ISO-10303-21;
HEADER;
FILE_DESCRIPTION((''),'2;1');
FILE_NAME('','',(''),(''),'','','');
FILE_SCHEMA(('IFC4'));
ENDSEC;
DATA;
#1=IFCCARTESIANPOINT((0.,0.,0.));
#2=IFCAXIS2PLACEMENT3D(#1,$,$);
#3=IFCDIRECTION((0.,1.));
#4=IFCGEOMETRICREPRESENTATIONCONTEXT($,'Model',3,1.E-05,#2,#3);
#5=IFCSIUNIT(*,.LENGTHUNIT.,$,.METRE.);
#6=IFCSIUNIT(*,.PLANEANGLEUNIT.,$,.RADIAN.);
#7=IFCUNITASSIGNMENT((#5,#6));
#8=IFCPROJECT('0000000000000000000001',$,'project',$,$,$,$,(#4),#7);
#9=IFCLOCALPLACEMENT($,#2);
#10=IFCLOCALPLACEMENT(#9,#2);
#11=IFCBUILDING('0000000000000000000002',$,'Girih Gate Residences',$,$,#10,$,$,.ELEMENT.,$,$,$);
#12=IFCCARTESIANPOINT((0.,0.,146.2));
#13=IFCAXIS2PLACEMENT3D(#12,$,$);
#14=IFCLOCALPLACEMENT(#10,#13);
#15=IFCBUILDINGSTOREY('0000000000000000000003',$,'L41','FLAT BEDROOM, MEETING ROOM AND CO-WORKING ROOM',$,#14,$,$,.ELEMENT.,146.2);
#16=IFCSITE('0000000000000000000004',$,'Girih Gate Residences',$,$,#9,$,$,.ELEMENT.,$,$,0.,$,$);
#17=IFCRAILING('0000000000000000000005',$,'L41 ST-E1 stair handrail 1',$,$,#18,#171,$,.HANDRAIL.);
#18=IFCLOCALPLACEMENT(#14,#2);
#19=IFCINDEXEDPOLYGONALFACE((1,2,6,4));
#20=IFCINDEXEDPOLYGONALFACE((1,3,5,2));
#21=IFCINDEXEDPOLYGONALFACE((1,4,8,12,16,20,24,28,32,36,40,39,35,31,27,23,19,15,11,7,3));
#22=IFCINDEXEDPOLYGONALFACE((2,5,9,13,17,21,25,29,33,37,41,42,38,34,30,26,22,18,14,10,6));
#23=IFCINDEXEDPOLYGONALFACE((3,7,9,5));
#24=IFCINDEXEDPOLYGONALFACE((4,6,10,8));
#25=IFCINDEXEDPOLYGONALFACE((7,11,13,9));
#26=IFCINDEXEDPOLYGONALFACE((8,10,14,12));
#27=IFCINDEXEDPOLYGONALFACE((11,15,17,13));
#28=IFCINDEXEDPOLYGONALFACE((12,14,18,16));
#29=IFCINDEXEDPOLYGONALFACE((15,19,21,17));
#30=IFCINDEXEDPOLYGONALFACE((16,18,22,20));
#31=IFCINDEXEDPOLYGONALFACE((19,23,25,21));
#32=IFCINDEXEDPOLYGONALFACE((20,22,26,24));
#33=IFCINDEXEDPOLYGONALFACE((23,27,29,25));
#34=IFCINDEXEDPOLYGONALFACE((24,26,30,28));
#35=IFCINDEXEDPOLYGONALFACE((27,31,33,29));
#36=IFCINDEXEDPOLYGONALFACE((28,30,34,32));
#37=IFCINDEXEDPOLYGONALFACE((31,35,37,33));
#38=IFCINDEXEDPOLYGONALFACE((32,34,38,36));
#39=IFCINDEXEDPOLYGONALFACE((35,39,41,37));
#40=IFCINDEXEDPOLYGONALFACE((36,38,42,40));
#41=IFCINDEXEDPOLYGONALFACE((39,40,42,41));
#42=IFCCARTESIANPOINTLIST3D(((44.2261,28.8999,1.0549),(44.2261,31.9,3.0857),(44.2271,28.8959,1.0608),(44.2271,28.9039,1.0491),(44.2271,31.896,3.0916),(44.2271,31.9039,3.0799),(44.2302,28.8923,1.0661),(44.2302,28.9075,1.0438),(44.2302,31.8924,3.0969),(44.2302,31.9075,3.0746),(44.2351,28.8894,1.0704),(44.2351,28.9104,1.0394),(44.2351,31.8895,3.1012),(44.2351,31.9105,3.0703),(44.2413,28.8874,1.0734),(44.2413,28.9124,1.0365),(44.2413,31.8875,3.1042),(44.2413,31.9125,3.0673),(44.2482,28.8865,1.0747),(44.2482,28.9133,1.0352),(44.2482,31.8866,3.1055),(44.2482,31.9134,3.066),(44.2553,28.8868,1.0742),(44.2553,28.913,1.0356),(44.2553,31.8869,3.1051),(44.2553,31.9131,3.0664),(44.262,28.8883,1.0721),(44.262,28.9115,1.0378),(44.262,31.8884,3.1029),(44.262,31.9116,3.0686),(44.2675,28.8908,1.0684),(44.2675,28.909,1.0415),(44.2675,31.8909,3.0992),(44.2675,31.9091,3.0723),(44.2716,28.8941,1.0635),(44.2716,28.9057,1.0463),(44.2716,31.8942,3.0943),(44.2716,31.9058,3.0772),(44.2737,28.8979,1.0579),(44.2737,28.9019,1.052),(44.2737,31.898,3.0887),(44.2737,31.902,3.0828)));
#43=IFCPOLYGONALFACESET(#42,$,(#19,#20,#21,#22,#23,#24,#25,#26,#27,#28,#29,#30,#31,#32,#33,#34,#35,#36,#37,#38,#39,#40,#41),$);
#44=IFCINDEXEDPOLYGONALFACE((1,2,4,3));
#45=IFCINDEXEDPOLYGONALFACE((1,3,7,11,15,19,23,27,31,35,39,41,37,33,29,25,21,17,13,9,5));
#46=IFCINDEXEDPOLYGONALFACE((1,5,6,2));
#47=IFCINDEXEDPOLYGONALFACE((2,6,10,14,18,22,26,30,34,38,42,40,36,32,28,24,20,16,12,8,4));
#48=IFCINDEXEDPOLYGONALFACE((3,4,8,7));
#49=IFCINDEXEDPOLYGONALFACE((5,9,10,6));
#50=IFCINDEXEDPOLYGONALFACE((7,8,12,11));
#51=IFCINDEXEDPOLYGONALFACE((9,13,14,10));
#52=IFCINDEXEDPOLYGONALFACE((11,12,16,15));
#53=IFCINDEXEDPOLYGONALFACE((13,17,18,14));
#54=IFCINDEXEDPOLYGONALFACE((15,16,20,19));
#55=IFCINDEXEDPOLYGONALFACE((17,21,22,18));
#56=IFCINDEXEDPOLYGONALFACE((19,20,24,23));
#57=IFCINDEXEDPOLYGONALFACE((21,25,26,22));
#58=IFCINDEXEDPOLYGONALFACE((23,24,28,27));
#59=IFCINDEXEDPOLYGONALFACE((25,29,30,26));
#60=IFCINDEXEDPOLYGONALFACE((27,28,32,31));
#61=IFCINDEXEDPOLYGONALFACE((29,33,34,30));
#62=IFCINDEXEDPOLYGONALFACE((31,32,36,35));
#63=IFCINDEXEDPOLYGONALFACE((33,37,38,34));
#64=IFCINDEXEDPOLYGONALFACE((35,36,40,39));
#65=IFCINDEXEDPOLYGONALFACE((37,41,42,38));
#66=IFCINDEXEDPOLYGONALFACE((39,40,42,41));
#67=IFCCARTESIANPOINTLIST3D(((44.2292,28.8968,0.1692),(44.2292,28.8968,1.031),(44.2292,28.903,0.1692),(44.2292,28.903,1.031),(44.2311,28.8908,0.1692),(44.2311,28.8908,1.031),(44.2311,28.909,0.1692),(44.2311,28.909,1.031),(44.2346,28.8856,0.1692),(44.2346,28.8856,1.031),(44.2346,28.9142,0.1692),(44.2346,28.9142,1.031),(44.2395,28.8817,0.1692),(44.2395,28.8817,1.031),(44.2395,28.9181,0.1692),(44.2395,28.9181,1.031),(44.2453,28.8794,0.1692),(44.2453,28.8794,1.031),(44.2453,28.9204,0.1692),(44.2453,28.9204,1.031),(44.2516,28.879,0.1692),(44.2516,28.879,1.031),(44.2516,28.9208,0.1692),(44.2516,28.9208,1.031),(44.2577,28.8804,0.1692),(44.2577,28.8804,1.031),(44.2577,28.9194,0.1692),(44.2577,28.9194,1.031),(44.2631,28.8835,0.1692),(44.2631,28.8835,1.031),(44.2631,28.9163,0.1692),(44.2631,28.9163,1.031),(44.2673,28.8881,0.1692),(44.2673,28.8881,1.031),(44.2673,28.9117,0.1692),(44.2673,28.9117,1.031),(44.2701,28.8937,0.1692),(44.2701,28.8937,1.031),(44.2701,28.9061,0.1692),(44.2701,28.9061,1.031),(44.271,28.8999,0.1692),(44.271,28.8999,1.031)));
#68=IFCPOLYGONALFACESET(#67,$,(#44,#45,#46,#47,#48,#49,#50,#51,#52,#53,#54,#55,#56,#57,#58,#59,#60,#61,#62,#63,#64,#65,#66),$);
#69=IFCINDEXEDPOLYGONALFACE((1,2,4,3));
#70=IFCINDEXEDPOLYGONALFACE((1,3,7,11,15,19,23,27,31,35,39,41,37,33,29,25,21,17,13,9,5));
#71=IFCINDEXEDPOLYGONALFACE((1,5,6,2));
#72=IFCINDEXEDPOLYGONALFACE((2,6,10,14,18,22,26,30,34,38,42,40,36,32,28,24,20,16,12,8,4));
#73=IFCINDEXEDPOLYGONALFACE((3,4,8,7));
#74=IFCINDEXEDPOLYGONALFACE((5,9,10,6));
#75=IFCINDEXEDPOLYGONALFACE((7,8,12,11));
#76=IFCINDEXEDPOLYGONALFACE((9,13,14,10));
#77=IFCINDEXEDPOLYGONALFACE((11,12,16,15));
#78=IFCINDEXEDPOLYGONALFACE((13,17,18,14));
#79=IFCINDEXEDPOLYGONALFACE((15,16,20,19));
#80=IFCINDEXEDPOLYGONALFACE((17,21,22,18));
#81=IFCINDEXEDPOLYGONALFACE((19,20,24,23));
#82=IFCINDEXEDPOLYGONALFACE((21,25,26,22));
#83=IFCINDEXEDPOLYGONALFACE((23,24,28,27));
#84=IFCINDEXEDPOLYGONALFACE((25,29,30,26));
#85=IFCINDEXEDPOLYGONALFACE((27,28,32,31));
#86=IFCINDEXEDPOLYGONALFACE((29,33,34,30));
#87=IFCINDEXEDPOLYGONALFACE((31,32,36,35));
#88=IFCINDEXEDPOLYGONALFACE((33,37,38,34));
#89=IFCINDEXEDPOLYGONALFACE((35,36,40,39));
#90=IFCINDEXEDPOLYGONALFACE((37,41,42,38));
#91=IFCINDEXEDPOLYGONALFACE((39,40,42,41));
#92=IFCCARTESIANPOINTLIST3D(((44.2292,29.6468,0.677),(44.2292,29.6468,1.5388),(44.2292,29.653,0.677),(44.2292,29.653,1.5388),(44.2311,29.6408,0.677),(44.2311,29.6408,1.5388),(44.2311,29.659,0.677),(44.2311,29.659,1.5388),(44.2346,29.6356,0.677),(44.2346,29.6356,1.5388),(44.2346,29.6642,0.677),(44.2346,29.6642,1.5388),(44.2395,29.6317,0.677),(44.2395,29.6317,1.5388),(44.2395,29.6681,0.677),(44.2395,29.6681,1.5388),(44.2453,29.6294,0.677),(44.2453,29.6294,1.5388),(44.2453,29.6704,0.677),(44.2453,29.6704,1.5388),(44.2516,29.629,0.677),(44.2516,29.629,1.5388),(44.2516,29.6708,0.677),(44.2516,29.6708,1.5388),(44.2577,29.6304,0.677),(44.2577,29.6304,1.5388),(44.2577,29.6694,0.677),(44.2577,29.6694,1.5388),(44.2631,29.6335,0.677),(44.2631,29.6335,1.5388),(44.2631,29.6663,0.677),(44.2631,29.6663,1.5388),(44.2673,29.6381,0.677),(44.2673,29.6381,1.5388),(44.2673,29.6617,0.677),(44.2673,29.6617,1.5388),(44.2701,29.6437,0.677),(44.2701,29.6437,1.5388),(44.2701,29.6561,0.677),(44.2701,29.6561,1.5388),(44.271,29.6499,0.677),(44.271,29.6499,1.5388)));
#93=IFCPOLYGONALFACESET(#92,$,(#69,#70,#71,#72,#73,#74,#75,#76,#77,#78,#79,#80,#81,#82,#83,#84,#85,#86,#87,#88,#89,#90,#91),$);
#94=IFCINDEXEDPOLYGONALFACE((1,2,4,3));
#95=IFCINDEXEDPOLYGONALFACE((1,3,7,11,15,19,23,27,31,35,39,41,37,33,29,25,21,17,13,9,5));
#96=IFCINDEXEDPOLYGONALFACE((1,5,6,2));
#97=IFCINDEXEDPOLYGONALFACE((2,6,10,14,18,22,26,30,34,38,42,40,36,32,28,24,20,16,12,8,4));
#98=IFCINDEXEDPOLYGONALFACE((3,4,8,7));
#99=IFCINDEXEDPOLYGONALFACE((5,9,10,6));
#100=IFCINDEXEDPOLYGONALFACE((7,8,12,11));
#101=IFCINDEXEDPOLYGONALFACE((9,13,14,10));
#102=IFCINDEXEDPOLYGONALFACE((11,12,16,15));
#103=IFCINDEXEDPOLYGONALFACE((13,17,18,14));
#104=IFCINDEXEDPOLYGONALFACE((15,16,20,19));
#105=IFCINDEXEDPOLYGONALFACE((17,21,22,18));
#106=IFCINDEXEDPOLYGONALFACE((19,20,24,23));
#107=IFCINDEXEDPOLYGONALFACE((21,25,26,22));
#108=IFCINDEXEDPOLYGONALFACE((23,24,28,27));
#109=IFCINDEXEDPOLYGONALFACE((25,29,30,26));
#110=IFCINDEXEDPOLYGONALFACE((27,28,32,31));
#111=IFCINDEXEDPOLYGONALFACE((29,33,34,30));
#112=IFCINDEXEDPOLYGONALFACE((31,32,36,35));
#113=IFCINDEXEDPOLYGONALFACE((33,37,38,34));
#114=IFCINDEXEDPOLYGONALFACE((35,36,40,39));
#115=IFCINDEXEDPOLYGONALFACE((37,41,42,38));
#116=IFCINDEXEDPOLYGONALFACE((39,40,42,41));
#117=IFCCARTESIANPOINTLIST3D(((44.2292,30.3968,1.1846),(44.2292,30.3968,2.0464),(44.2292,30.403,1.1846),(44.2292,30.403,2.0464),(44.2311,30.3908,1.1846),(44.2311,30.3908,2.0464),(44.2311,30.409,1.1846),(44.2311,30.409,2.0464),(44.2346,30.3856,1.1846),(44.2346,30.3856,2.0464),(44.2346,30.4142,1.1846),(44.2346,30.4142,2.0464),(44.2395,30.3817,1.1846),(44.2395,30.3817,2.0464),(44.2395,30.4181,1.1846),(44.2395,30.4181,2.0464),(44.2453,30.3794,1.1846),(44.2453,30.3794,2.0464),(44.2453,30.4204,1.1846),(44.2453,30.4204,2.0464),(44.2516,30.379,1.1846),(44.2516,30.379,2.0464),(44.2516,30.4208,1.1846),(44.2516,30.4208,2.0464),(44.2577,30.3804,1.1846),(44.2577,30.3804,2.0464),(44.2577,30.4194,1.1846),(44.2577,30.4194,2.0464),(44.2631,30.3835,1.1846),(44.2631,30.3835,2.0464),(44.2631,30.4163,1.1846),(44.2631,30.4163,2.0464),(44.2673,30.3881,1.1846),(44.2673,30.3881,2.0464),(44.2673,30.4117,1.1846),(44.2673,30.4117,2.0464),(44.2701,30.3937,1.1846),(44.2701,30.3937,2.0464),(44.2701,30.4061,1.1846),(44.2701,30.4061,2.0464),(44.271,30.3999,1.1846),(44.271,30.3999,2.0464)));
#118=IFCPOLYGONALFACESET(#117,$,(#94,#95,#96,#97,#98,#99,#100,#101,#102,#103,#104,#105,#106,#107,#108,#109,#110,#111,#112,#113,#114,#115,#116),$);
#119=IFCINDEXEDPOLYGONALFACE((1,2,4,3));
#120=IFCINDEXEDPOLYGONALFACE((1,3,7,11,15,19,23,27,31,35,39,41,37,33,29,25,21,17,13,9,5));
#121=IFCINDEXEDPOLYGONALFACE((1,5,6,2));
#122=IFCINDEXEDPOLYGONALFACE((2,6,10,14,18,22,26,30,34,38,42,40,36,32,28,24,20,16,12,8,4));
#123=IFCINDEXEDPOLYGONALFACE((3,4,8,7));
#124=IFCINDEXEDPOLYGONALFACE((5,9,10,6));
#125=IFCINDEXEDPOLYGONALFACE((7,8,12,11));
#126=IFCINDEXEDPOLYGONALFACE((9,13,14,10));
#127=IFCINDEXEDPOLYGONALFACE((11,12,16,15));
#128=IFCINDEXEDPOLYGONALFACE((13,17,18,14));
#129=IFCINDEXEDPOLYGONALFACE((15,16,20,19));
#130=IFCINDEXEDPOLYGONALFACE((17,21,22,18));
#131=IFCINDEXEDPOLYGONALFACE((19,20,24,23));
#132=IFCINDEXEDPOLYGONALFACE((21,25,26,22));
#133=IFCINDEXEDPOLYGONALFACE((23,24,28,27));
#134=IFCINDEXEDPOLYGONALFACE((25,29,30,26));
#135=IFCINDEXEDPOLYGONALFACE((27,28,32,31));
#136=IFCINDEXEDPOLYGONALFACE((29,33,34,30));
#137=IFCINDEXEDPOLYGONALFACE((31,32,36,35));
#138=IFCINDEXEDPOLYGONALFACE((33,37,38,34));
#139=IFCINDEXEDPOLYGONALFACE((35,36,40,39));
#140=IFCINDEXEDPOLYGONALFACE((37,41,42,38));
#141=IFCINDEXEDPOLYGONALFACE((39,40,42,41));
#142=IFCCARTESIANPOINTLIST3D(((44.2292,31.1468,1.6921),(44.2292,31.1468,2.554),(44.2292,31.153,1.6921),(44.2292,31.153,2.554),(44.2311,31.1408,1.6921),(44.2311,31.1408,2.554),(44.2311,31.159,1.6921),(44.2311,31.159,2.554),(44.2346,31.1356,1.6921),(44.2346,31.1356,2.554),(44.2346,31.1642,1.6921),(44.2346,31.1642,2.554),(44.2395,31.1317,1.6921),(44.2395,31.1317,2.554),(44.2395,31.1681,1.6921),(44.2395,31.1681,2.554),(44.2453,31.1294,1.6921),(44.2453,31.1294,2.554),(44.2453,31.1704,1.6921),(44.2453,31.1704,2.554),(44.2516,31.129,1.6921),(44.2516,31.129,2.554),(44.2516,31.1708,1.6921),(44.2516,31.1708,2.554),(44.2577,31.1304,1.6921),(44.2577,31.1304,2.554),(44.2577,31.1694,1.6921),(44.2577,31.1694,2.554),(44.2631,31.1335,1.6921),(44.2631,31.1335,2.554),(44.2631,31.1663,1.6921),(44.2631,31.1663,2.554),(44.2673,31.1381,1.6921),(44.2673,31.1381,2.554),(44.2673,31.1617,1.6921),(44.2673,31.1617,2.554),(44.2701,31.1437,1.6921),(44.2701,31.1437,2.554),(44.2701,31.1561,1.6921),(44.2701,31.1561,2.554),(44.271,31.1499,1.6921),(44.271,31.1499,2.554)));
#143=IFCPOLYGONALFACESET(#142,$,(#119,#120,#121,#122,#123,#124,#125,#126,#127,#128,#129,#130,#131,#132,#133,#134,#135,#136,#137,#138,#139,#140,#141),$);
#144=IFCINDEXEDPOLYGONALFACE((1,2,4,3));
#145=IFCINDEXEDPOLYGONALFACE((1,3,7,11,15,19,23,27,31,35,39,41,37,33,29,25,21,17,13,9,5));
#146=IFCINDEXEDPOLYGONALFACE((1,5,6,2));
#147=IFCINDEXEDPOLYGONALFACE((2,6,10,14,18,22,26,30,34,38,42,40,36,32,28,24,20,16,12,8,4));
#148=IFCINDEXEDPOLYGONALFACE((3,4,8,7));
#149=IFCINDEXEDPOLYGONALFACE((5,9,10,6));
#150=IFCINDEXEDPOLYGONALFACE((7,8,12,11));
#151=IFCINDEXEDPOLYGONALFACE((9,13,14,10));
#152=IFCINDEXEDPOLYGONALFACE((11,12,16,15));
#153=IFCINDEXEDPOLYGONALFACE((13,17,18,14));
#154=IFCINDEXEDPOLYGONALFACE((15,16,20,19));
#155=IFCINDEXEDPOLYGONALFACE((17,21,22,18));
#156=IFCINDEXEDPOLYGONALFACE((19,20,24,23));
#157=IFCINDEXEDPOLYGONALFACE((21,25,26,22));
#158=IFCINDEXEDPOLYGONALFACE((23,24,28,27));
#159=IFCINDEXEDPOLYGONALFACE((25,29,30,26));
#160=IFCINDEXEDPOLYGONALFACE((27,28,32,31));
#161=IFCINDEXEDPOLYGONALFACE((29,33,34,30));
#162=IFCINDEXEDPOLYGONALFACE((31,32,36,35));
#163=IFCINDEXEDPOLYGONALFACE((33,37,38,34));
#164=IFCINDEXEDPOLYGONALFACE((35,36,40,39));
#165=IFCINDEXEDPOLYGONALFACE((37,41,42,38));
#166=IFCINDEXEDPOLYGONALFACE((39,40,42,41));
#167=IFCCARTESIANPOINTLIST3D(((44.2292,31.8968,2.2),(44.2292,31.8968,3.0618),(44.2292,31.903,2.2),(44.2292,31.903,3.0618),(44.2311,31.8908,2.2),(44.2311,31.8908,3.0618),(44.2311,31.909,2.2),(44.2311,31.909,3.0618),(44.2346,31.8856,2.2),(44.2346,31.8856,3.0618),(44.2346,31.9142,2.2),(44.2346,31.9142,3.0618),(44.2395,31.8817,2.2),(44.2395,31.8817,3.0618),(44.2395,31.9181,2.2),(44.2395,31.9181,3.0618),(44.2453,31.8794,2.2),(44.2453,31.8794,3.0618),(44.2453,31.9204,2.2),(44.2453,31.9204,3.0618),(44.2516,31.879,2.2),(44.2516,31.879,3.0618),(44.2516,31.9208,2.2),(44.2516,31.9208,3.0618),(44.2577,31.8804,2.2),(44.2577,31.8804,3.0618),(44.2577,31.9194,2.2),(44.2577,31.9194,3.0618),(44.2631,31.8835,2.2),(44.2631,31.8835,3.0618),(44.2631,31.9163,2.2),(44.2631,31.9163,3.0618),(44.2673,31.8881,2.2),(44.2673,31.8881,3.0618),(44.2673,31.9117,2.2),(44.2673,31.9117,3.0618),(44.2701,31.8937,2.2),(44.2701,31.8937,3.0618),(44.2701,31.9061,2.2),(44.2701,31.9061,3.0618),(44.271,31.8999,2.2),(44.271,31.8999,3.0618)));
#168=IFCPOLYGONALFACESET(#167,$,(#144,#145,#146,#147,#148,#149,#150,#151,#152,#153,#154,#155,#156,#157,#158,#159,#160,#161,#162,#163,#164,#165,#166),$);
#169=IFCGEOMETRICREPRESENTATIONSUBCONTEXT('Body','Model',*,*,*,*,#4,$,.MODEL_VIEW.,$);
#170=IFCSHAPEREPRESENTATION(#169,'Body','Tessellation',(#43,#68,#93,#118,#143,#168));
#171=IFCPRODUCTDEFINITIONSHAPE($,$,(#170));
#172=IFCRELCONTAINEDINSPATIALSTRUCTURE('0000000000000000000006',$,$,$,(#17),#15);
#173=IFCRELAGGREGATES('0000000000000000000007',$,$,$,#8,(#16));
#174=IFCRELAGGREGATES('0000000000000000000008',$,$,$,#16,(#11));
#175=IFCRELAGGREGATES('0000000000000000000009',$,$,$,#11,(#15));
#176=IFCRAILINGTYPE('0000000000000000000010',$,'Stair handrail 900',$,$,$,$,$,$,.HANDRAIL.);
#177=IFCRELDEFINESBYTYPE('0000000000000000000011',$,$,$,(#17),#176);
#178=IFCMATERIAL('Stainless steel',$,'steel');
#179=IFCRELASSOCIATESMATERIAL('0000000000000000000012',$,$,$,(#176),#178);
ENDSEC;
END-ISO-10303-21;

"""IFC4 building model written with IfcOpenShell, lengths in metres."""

from ifc_helpers import new_model, si_unit, direction, frame, origin, origin_2d, place, context, subcontext, project, spatial, circle, extrude, material, type_object, element, save


model = new_model("IFC4")

# Units and contexts
model_context = context("Model", 3, precision=1e-05, world=origin(), true_north=direction((0.0, 1.0)))
body_context = subcontext(model_context, "Body", "Model", "MODEL_VIEW")
ifc_project = project(units=[si_unit("LENGTHUNIT", "METRE"), si_unit("PLANEANGLEUNIT", "RADIAN")], contexts=[model_context])

# Site, building, storey
site_placement = place(None, origin())
site = spatial("IfcSite", under=ifc_project, at=site_placement, Name="Girih Gate Residences", CompositionType="ELEMENT", RefElevation=0.0)
building_placement = place(site_placement, origin())
building = spatial("IfcBuilding", under=site, at=building_placement, Name="Girih Gate Residences", CompositionType="ELEMENT")
storey_placement = place(building_placement, frame((0.0, 0.0, 146.2)))
storey = spatial("IfcBuildingStorey", under=building, at=storey_placement, Name="L41", Description="FLAT BEDROOM, MEETING ROOM AND CO-WORKING ROOM", CompositionType="ELEMENT", Elevation=146.2)

# Railing
ifc_material_1 = material(Name="Stainless steel", Category="steel")
railing_type_1 = type_object("IfcRailingType", Name="Stair handrail 900", PredefinedType="HANDRAIL", material=ifc_material_1)
railing_1_placement = place(storey_placement, frame((44.25, 28.8999, 0.1692)))
element("IfcRailing", 1, at=railing_1_placement, inside=storey, type_object=railing_type_1, Name="L41 ST-E1 stair handrail 1", PredefinedType="HANDRAIL", context=body_context, shape_type="SweptSolid", body=[
    extrude(circle(Radius=0.0239, at=origin_2d()), frame((0.0, 0.0, 0.8857), z_axis=(0.0, 0.82811, 0.560565), x_axis=(-1.0, 0.0, 0.0)), (0.0, 0.0, 1.0), 3.6228),
    extrude(circle(Radius=0.021, at=origin_2d()), origin(), (0.0, 0.0, 1.0), 0.8618),
    extrude(circle(Radius=0.021, at=origin_2d()), frame((0.0, 0.75, 0.5078)), (0.0, 0.0, 1.0), 0.8618),
    extrude(circle(Radius=0.021, at=origin_2d()), frame((0.0, 1.5, 1.0154)), (0.0, 0.0, 1.0), 0.8618),
    extrude(circle(Radius=0.021, at=origin_2d()), frame((0.0, 2.25, 1.5229)), (0.0, 0.0, 1.0), 0.8618),
    extrude(circle(Radius=0.021, at=origin_2d()), frame((0.0, 3.0, 2.0308)), (0.0, 0.0, 1.0), 0.8618),
])

save(model, "model.ifc")
